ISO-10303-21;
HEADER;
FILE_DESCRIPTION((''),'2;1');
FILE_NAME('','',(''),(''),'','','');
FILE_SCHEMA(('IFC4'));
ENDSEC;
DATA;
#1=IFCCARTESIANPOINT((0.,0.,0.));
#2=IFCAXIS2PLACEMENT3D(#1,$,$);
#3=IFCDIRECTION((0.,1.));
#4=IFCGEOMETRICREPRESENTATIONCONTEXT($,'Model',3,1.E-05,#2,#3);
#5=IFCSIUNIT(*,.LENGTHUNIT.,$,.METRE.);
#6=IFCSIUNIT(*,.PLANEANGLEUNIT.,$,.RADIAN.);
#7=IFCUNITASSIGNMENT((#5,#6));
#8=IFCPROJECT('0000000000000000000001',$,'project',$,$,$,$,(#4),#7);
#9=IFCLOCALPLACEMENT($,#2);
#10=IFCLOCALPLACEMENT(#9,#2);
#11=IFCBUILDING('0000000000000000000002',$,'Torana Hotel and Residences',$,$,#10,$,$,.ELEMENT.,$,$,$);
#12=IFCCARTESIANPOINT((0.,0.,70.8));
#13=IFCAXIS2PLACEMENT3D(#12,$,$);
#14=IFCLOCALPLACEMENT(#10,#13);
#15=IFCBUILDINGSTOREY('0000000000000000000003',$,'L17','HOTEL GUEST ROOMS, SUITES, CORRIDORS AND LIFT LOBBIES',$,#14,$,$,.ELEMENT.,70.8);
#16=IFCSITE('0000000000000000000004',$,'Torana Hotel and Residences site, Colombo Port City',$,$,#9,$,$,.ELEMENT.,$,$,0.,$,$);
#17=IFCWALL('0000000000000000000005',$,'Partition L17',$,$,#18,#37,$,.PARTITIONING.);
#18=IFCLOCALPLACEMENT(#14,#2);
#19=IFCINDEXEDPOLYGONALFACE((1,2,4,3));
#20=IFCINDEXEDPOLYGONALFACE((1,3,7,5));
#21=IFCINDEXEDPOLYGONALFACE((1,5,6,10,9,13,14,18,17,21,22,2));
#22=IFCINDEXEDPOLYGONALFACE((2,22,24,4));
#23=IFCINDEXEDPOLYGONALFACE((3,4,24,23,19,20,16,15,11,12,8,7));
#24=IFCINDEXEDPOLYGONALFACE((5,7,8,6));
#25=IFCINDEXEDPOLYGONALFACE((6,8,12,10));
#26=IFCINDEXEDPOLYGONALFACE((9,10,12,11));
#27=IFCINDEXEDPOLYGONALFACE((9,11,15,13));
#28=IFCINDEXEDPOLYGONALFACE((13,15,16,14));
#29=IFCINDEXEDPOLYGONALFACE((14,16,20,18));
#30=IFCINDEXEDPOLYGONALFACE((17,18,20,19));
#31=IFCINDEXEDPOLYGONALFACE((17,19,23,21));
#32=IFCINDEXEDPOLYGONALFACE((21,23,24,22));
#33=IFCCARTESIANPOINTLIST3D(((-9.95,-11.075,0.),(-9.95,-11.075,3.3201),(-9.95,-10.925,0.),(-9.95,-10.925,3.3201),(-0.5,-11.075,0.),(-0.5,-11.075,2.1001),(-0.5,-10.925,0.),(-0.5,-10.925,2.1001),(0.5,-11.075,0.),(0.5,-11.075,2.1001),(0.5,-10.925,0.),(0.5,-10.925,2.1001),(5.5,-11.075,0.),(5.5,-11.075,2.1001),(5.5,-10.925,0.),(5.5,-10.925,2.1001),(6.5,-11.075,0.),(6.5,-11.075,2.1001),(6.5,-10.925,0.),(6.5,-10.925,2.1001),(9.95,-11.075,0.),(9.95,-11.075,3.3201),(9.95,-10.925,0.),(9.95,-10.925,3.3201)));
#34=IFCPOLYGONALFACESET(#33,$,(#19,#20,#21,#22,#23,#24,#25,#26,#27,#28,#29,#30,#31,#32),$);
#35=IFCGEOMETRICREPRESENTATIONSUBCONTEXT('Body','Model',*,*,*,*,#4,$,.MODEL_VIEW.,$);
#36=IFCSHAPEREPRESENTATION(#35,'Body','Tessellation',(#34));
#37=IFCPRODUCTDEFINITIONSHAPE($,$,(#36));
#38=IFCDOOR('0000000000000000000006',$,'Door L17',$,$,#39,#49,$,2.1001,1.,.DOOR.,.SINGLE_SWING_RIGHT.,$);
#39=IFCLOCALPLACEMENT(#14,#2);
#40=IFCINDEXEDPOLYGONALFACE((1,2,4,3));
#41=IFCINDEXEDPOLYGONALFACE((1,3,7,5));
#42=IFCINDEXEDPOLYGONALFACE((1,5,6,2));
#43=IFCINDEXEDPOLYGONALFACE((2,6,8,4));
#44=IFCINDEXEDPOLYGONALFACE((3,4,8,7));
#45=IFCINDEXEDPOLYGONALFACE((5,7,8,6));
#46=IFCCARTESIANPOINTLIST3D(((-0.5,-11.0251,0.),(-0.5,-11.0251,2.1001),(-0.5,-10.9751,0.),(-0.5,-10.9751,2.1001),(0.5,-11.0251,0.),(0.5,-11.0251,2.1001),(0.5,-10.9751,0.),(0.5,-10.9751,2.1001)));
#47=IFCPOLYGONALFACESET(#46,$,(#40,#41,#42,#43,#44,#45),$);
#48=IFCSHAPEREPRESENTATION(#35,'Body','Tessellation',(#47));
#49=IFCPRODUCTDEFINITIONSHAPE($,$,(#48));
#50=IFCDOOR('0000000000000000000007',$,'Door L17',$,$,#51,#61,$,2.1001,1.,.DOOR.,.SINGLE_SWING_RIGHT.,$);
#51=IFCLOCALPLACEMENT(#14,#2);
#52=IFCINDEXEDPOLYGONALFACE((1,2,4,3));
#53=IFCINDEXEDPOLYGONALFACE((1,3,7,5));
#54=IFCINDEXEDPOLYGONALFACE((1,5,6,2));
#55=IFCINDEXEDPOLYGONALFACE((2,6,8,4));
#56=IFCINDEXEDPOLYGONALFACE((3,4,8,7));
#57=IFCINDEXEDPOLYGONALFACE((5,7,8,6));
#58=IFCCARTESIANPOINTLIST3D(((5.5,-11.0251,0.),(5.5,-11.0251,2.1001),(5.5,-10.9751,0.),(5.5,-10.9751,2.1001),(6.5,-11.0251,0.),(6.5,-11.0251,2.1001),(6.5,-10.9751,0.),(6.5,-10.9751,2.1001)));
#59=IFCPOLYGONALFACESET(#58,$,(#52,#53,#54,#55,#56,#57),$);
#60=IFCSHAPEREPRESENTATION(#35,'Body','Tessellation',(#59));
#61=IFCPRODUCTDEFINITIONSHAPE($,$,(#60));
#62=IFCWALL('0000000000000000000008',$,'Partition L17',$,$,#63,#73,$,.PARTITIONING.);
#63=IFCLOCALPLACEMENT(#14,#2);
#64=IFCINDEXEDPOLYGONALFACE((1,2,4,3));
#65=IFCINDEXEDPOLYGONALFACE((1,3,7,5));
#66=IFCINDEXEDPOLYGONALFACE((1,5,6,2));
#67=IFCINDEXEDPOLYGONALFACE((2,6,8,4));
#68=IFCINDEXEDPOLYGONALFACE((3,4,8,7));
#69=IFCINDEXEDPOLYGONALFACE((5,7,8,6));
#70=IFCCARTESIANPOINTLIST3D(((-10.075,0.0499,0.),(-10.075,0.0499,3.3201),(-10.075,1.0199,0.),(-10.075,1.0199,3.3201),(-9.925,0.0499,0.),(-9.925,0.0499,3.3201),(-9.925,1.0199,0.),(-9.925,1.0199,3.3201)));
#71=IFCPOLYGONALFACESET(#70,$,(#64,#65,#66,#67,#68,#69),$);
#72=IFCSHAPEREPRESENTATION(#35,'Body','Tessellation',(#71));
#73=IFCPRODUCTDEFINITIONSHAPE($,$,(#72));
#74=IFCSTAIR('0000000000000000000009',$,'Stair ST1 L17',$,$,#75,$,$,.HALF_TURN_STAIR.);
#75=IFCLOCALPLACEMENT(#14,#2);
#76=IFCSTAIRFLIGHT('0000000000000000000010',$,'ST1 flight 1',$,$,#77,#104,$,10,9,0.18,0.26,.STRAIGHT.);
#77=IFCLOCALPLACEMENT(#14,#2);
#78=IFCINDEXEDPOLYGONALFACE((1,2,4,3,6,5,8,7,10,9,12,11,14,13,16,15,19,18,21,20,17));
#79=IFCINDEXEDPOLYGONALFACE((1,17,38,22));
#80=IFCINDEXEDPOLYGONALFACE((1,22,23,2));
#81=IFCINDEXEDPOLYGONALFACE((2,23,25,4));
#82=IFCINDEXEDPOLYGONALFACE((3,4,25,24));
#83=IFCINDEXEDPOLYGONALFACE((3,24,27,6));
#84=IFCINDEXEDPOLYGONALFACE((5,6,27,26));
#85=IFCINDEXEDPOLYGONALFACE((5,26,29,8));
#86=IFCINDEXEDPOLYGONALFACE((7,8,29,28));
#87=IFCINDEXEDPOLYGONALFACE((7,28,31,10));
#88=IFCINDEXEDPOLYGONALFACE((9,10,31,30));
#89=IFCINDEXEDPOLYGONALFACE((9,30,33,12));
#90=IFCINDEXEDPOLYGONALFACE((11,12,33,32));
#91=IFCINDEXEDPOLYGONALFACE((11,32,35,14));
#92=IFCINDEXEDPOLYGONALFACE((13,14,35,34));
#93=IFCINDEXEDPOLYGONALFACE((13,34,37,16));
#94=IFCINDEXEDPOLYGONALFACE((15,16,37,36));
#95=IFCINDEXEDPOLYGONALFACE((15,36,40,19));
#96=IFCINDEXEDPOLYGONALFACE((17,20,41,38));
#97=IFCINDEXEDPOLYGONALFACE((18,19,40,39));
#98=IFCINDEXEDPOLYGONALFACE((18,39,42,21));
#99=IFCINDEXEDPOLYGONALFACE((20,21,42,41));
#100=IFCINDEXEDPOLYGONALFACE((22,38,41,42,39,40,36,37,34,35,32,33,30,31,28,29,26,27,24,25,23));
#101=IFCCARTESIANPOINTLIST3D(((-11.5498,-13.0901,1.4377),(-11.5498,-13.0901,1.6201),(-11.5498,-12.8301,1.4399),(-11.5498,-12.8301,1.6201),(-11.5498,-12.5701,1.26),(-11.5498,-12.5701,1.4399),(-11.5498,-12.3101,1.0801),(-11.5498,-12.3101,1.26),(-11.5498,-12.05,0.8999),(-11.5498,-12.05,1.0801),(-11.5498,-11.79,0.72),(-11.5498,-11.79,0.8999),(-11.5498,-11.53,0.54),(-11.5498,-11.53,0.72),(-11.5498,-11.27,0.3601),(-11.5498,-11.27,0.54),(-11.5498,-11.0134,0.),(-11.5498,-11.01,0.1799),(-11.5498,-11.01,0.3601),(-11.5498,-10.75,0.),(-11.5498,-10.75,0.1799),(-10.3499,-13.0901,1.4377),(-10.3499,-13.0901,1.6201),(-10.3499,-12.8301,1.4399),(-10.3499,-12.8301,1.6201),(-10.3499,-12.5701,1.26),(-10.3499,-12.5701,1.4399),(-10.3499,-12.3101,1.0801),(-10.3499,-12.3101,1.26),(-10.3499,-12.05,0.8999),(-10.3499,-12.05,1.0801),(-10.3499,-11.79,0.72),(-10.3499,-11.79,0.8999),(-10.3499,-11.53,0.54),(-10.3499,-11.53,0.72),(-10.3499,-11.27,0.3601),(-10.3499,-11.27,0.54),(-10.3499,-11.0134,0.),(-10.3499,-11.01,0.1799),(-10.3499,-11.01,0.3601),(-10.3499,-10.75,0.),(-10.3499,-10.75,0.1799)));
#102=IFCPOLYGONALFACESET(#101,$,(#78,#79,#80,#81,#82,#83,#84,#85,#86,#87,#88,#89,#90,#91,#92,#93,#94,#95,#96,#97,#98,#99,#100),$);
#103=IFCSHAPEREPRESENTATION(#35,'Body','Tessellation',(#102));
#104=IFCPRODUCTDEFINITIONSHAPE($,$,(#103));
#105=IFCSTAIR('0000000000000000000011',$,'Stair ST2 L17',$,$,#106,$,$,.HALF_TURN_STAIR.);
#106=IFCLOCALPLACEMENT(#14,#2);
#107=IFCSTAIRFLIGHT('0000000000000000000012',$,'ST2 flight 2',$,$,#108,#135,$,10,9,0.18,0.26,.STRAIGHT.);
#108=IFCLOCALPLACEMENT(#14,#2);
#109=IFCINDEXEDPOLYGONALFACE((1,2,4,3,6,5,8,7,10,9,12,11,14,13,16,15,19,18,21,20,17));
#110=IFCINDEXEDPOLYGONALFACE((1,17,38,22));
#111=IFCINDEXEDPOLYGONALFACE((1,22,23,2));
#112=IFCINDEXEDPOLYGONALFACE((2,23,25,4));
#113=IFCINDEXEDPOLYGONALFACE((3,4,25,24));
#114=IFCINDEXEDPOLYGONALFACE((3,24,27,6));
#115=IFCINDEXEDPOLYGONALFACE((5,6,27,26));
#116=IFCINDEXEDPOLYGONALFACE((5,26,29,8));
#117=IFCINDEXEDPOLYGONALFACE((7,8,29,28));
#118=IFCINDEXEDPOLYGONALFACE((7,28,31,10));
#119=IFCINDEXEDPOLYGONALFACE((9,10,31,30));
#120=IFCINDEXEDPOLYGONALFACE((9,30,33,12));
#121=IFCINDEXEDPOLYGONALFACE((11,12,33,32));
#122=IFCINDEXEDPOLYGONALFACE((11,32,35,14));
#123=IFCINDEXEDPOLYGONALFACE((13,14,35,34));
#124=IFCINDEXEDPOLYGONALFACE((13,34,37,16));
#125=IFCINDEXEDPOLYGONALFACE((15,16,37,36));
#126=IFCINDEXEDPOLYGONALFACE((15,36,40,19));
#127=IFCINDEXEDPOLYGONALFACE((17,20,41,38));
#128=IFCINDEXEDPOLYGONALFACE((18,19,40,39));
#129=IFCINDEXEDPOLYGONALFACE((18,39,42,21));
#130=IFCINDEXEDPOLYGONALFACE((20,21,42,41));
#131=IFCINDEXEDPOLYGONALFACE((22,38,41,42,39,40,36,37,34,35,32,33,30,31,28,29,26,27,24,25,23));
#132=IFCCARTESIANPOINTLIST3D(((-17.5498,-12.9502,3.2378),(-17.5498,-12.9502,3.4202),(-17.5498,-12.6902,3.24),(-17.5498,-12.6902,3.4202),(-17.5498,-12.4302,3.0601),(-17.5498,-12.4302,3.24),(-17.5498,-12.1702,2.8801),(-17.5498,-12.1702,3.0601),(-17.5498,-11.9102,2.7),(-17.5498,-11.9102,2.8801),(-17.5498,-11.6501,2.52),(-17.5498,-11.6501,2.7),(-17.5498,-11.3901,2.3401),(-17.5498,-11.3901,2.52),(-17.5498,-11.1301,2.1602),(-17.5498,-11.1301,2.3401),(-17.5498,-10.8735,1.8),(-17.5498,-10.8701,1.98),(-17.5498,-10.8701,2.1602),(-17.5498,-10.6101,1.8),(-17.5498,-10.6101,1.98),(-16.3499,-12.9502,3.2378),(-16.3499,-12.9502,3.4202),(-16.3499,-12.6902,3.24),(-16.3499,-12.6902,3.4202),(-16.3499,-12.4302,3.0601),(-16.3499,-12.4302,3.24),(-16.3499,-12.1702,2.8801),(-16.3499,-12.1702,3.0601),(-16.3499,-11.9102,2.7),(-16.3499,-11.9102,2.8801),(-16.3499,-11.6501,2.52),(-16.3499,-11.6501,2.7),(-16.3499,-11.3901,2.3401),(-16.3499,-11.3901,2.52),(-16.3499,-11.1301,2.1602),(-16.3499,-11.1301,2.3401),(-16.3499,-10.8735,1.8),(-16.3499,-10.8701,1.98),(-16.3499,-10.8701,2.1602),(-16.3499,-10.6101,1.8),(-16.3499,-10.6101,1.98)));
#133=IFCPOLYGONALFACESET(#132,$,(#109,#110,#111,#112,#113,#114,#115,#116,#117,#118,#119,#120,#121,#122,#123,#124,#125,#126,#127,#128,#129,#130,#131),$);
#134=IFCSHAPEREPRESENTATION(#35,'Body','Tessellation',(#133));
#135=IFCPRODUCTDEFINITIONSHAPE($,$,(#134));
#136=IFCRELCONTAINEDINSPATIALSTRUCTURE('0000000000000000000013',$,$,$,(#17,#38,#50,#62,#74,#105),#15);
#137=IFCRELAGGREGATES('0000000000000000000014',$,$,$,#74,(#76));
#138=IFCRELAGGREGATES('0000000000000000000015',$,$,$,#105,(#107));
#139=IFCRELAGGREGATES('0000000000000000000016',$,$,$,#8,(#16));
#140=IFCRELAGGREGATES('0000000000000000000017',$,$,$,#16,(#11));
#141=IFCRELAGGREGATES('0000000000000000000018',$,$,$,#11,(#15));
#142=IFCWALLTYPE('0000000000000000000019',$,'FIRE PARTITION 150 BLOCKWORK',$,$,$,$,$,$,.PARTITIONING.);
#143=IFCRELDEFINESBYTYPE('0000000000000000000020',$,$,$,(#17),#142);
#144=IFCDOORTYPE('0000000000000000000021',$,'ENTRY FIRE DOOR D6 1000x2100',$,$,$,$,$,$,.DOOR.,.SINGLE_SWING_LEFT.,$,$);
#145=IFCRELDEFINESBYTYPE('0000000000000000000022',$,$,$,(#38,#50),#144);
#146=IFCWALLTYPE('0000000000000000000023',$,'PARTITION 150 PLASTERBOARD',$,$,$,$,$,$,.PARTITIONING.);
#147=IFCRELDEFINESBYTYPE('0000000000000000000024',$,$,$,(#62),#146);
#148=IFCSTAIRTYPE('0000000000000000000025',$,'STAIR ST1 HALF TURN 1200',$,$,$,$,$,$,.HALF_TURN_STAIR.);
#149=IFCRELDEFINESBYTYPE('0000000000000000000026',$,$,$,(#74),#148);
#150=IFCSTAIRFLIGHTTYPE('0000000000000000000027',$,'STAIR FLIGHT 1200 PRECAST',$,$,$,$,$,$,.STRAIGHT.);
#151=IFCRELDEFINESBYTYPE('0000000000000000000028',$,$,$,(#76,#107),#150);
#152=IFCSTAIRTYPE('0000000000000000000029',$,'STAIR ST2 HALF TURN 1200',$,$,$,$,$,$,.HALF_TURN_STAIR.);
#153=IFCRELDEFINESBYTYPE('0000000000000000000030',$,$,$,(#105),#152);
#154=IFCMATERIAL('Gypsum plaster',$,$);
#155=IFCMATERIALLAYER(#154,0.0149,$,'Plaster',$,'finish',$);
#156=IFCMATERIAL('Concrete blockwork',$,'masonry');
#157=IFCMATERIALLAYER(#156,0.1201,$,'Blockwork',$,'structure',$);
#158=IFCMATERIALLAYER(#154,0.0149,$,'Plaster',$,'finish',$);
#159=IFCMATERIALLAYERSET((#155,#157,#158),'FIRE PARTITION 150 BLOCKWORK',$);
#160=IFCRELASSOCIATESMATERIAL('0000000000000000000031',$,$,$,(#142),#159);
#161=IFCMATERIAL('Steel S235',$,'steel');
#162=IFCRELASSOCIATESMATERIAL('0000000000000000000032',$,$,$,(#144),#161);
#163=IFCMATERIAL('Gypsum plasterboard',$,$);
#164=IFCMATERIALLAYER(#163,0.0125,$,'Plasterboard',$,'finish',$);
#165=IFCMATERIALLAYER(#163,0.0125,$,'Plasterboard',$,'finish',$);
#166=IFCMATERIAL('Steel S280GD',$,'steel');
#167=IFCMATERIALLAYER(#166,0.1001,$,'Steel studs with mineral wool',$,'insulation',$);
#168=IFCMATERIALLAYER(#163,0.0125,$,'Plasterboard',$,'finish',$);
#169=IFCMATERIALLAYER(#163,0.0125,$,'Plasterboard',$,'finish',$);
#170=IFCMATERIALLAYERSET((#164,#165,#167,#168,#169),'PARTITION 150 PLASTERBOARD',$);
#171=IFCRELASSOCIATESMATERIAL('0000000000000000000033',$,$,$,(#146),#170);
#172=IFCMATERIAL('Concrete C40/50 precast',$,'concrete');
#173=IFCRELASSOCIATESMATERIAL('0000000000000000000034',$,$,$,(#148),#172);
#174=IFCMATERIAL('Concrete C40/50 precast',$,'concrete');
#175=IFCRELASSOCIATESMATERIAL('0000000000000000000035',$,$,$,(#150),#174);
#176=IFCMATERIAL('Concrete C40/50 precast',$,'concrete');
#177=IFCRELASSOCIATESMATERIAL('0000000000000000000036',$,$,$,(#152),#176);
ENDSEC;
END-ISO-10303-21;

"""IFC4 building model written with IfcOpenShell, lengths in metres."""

from ifc_helpers import new_model, si_unit, direction, frame, frame_2d, origin, place, context, subcontext, project, spatial, polyline, rectangle, outline, extrude, material, layer, layer_set, type_object, element, fill, aggregate, save


model = new_model("IFC4")

# Units and contexts
model_context = context("Model", 3, precision=1e-05, world=origin(), true_north=direction((0.0, 1.0)))
body_context = subcontext(model_context, "Body", "Model", "MODEL_VIEW")
ifc_project = project(units=[si_unit("LENGTHUNIT", "METRE"), si_unit("PLANEANGLEUNIT", "RADIAN")], contexts=[model_context])

# Site, building, storey
site_placement = place(None, origin())
site = spatial("IfcSite", under=ifc_project, at=site_placement, Name="Torana Hotel and Residences site, Colombo Port City", CompositionType="ELEMENT", RefElevation=0.0)
building_placement = place(site_placement, origin())
building = spatial("IfcBuilding", under=site, at=building_placement, Name="Torana Hotel and Residences", CompositionType="ELEMENT")
storey_placement = place(building_placement, frame((0.0, 0.0, 70.8)))
storey = spatial("IfcBuildingStorey", under=building, at=storey_placement, Name="L17", Description="HOTEL GUEST ROOMS, SUITES, CORRIDORS AND LIFT LOBBIES", CompositionType="ELEMENT", Elevation=70.8)

# Shared definitions
ifc_material_1 = material(Name="Gypsum plaster")
ifc_layer_1 = layer(ifc_material_1, 0.0149, Name="Plaster", Category="finish")
ifc_material_2 = material(Name="Concrete blockwork", Category="masonry")
ifc_layer_2 = layer(ifc_material_2, 0.1201, Name="Blockwork", Category="structure")
ifc_layer_3 = layer(ifc_material_1, 0.0149, Name="Plaster", Category="finish")
ifc_layer_set_1 = layer_set([ifc_layer_1, ifc_layer_2, ifc_layer_3], Name="FIRE PARTITION 150 BLOCKWORK")
wall_type_1 = type_object("IfcWallType", Name="FIRE PARTITION 150 BLOCKWORK", PredefinedType="PARTITIONING", material=ifc_layer_set_1)

# Wall, openings, doors
wall_1_placement = place(storey_placement, frame((-9.95, -11.0, 0.0), z_axis=(0.0, 0.0, 1.0), x_axis=(1.0, 0.0, 0.0)))
wall_1 = element("IfcWall", 1, at=wall_1_placement, inside=storey, type_object=wall_type_1, Name="Partition L17", PredefinedType="PARTITIONING", context=body_context, shape_type="SweptSolid", body=[
    extrude(rectangle(XDim=19.8999, YDim=0.1499, at=frame_2d((9.95, 0.0))), origin(), (0.0, 0.0, 1.0), 3.3201),
])
opening_1_placement = place(wall_1_placement, frame((9.45, 0.0, 0.0)))
opening_1 = element("IfcOpeningElement", 2, at=opening_1_placement, cuts=wall_1, PredefinedType="OPENING", context=body_context, shape_type="SweptSolid", body=[
    extrude(rectangle(XDim=1.0, YDim=2.1001, at=frame_2d((0.5, 1.05))), frame((0.0, 0.085, 0.0), z_axis=(0.0, -1.0, 0.0), x_axis=(1.0, 0.0, 0.0)), (0.0, 0.0, 1.0), 0.1699),
])
opening_2_placement = place(wall_1_placement, frame((15.45, 0.0, 0.0)))
opening_2 = element("IfcOpeningElement", 3, at=opening_2_placement, cuts=wall_1, PredefinedType="OPENING", context=body_context, shape_type="SweptSolid", body=[
    extrude(rectangle(XDim=1.0, YDim=2.1001, at=frame_2d((0.5, 1.05))), frame((0.0, 0.085, 0.0), z_axis=(0.0, -1.0, 0.0), x_axis=(1.0, 0.0, 0.0)), (0.0, 0.0, 1.0), 0.1699),
])
ifc_material_3 = material(Name="Steel S235", Category="steel")
door_type = type_object("IfcDoorType", Name="ENTRY FIRE DOOR D6 1000x2100", OperationType="SINGLE_SWING_LEFT", PredefinedType="DOOR", material=ifc_material_3)
door_1_placement = place(opening_1_placement, origin())
door_1 = element("IfcDoor", 4, at=door_1_placement, inside=storey, type_object=door_type, Name="Door L17", OperationType="SINGLE_SWING_RIGHT", OverallHeight=2.1001, OverallWidth=1.0, PredefinedType="DOOR", context=body_context, shape_type="SweptSolid", body=[
    extrude(rectangle(XDim=1.0, YDim=2.1001, at=frame_2d((0.5, 1.05))), frame((0.0, 0.0249, 0.0), z_axis=(0.0, -1.0, 0.0), x_axis=(1.0, 0.0, 0.0)), (0.0, 0.0, 1.0), 0.05),
])
fill(opening_1, door_1)
door_2_placement = place(opening_2_placement, origin())
door_2 = element("IfcDoor", 5, at=door_2_placement, inside=storey, type_object=door_type, Name="Door L17", OperationType="SINGLE_SWING_RIGHT", OverallHeight=2.1001, OverallWidth=1.0, PredefinedType="DOOR", context=body_context, shape_type="SweptSolid", body=[
    extrude(rectangle(XDim=1.0, YDim=2.1001, at=frame_2d((0.5, 1.05))), frame((0.0, 0.0249, 0.0), z_axis=(0.0, -1.0, 0.0), x_axis=(1.0, 0.0, 0.0)), (0.0, 0.0, 1.0), 0.05),
])
fill(opening_2, door_2)

# Wall
ifc_material_4 = material(Name="Gypsum plasterboard")
ifc_layer_4 = layer(ifc_material_4, 0.0125, Name="Plasterboard", Category="finish")
ifc_layer_5 = layer(ifc_material_4, 0.0125, Name="Plasterboard", Category="finish")
ifc_material_5 = material(Name="Steel S280GD", Category="steel")
ifc_layer_6 = layer(ifc_material_5, 0.1001, Name="Steel studs with mineral wool", Category="insulation")
ifc_layer_7 = layer(ifc_material_4, 0.0125, Name="Plasterboard", Category="finish")
ifc_layer_8 = layer(ifc_material_4, 0.0125, Name="Plasterboard", Category="finish")
ifc_layer_set_2 = layer_set([ifc_layer_4, ifc_layer_5, ifc_layer_6, ifc_layer_7, ifc_layer_8], Name="PARTITION 150 PLASTERBOARD")
wall_type_2 = type_object("IfcWallType", Name="PARTITION 150 PLASTERBOARD", PredefinedType="PARTITIONING", material=ifc_layer_set_2)
wall_2_placement = place(storey_placement, frame((-10.0, 0.05, 0.0), z_axis=(0.0, 0.0, 1.0), x_axis=(0.0, 1.0, 0.0)))
element("IfcWall", 6, at=wall_2_placement, inside=storey, type_object=wall_type_2, Name="Partition L17", PredefinedType="PARTITIONING", context=body_context, shape_type="SweptSolid", body=[
    extrude(rectangle(XDim=0.97, YDim=0.1499, at=frame_2d((0.4849, 0.0))), origin(), (0.0, 0.0, 1.0), 3.3201),
])

# Stairs, stair flights
ifc_material_6 = material(Name="Concrete C40/50 precast", Category="concrete")
stair_type_1 = type_object("IfcStairType", Name="STAIR ST1 HALF TURN 1200", PredefinedType="HALF_TURN_STAIR", material=ifc_material_6)
stair_1_placement = place(storey_placement, origin())
stair_1 = element("IfcStair", 7, at=stair_1_placement, inside=storey, type_object=stair_type_1, Name="Stair ST1 L17", PredefinedType="HALF_TURN_STAIR")
ifc_material_7 = material(Name="Concrete C40/50 precast", Category="concrete")
stair_flight_type = type_object("IfcStairFlightType", Name="STAIR FLIGHT 1200 PRECAST", PredefinedType="STRAIGHT", material=ifc_material_7)
stair_flight_1_placement = place(storey_placement, frame((-10.95, -10.75, 0.0), z_axis=(0.0, 0.0, 1.0), x_axis=(0.0, -1.0, 0.0)))
stair_flight_1 = element("IfcStairFlight", 8, at=stair_flight_1_placement, type_object=stair_flight_type, Name="ST1 flight 1", NumberOfRisers=10, NumberOfTreads=9, PredefinedType="STRAIGHT", RiserHeight=0.18, TreadLength=0.26, context=body_context, shape_type="SweptSolid", body=[
    extrude(outline(polyline([(0.0, 0.0), (0.0, 0.1799), (0.26, 0.1799), (0.26, 0.3601), (0.52, 0.3601), (0.52, 0.54), (0.78, 0.54), (0.78, 0.72), (1.04, 0.72), (1.04, 0.8999), (1.3, 0.8999), (1.3, 1.0801), (1.5601, 1.0801), (1.5601, 1.26), (1.8201, 1.26), (1.8201, 1.4399), (2.0801, 1.4399), (2.0801, 1.6201), (2.3401, 1.6201), (2.3401, 1.8), (2.3401, 1.4377), (0.2634, 0.0), (0.0, 0.0)])), frame((0.0, 0.6001, 0.0), z_axis=(0.0, -1.0, 0.0), x_axis=(1.0, 0.0, 0.0)), (0.0, 0.0, 1.0), 1.2),
])
aggregate(stair_1, [stair_flight_1])
ifc_material_8 = material(Name="Concrete C40/50 precast", Category="concrete")
stair_type_2 = type_object("IfcStairType", Name="STAIR ST2 HALF TURN 1200", PredefinedType="HALF_TURN_STAIR", material=ifc_material_8)
stair_2_placement = place(storey_placement, origin())
stair_2 = element("IfcStair", 9, at=stair_2_placement, inside=storey, type_object=stair_type_2, Name="Stair ST2 L17", PredefinedType="HALF_TURN_STAIR")
stair_flight_2_placement = place(storey_placement, frame((-16.95, -10.6101, 1.8), z_axis=(0.0, 0.0, 1.0), x_axis=(0.0, -1.0, 0.0)))
stair_flight_2 = element("IfcStairFlight", 10, at=stair_flight_2_placement, type_object=stair_flight_type, Name="ST2 flight 2", NumberOfRisers=10, NumberOfTreads=9, PredefinedType="STRAIGHT", RiserHeight=0.18, TreadLength=0.26, context=body_context, shape_type="SweptSolid", body=[
    extrude(outline(polyline([(0.0, 0.0), (0.0, 0.1799), (0.26, 0.1799), (0.26, 0.3601), (0.52, 0.3601), (0.52, 0.54), (0.78, 0.54), (0.78, 0.72), (1.04, 0.72), (1.04, 0.8999), (1.3, 0.8999), (1.3, 1.0801), (1.5601, 1.0801), (1.5601, 1.26), (1.8201, 1.26), (1.8201, 1.4399), (2.0801, 1.4399), (2.0801, 1.6201), (2.3401, 1.6201), (2.3401, 1.8), (2.3401, 1.4377), (0.2634, 0.0), (0.0, 0.0)])), frame((0.0, 0.6001, 0.0), z_axis=(0.0, -1.0, 0.0), x_axis=(1.0, 0.0, 0.0)), (0.0, 0.0, 1.0), 1.2),
])
aggregate(stair_2, [stair_flight_2])

save(model, "model.ifc")
